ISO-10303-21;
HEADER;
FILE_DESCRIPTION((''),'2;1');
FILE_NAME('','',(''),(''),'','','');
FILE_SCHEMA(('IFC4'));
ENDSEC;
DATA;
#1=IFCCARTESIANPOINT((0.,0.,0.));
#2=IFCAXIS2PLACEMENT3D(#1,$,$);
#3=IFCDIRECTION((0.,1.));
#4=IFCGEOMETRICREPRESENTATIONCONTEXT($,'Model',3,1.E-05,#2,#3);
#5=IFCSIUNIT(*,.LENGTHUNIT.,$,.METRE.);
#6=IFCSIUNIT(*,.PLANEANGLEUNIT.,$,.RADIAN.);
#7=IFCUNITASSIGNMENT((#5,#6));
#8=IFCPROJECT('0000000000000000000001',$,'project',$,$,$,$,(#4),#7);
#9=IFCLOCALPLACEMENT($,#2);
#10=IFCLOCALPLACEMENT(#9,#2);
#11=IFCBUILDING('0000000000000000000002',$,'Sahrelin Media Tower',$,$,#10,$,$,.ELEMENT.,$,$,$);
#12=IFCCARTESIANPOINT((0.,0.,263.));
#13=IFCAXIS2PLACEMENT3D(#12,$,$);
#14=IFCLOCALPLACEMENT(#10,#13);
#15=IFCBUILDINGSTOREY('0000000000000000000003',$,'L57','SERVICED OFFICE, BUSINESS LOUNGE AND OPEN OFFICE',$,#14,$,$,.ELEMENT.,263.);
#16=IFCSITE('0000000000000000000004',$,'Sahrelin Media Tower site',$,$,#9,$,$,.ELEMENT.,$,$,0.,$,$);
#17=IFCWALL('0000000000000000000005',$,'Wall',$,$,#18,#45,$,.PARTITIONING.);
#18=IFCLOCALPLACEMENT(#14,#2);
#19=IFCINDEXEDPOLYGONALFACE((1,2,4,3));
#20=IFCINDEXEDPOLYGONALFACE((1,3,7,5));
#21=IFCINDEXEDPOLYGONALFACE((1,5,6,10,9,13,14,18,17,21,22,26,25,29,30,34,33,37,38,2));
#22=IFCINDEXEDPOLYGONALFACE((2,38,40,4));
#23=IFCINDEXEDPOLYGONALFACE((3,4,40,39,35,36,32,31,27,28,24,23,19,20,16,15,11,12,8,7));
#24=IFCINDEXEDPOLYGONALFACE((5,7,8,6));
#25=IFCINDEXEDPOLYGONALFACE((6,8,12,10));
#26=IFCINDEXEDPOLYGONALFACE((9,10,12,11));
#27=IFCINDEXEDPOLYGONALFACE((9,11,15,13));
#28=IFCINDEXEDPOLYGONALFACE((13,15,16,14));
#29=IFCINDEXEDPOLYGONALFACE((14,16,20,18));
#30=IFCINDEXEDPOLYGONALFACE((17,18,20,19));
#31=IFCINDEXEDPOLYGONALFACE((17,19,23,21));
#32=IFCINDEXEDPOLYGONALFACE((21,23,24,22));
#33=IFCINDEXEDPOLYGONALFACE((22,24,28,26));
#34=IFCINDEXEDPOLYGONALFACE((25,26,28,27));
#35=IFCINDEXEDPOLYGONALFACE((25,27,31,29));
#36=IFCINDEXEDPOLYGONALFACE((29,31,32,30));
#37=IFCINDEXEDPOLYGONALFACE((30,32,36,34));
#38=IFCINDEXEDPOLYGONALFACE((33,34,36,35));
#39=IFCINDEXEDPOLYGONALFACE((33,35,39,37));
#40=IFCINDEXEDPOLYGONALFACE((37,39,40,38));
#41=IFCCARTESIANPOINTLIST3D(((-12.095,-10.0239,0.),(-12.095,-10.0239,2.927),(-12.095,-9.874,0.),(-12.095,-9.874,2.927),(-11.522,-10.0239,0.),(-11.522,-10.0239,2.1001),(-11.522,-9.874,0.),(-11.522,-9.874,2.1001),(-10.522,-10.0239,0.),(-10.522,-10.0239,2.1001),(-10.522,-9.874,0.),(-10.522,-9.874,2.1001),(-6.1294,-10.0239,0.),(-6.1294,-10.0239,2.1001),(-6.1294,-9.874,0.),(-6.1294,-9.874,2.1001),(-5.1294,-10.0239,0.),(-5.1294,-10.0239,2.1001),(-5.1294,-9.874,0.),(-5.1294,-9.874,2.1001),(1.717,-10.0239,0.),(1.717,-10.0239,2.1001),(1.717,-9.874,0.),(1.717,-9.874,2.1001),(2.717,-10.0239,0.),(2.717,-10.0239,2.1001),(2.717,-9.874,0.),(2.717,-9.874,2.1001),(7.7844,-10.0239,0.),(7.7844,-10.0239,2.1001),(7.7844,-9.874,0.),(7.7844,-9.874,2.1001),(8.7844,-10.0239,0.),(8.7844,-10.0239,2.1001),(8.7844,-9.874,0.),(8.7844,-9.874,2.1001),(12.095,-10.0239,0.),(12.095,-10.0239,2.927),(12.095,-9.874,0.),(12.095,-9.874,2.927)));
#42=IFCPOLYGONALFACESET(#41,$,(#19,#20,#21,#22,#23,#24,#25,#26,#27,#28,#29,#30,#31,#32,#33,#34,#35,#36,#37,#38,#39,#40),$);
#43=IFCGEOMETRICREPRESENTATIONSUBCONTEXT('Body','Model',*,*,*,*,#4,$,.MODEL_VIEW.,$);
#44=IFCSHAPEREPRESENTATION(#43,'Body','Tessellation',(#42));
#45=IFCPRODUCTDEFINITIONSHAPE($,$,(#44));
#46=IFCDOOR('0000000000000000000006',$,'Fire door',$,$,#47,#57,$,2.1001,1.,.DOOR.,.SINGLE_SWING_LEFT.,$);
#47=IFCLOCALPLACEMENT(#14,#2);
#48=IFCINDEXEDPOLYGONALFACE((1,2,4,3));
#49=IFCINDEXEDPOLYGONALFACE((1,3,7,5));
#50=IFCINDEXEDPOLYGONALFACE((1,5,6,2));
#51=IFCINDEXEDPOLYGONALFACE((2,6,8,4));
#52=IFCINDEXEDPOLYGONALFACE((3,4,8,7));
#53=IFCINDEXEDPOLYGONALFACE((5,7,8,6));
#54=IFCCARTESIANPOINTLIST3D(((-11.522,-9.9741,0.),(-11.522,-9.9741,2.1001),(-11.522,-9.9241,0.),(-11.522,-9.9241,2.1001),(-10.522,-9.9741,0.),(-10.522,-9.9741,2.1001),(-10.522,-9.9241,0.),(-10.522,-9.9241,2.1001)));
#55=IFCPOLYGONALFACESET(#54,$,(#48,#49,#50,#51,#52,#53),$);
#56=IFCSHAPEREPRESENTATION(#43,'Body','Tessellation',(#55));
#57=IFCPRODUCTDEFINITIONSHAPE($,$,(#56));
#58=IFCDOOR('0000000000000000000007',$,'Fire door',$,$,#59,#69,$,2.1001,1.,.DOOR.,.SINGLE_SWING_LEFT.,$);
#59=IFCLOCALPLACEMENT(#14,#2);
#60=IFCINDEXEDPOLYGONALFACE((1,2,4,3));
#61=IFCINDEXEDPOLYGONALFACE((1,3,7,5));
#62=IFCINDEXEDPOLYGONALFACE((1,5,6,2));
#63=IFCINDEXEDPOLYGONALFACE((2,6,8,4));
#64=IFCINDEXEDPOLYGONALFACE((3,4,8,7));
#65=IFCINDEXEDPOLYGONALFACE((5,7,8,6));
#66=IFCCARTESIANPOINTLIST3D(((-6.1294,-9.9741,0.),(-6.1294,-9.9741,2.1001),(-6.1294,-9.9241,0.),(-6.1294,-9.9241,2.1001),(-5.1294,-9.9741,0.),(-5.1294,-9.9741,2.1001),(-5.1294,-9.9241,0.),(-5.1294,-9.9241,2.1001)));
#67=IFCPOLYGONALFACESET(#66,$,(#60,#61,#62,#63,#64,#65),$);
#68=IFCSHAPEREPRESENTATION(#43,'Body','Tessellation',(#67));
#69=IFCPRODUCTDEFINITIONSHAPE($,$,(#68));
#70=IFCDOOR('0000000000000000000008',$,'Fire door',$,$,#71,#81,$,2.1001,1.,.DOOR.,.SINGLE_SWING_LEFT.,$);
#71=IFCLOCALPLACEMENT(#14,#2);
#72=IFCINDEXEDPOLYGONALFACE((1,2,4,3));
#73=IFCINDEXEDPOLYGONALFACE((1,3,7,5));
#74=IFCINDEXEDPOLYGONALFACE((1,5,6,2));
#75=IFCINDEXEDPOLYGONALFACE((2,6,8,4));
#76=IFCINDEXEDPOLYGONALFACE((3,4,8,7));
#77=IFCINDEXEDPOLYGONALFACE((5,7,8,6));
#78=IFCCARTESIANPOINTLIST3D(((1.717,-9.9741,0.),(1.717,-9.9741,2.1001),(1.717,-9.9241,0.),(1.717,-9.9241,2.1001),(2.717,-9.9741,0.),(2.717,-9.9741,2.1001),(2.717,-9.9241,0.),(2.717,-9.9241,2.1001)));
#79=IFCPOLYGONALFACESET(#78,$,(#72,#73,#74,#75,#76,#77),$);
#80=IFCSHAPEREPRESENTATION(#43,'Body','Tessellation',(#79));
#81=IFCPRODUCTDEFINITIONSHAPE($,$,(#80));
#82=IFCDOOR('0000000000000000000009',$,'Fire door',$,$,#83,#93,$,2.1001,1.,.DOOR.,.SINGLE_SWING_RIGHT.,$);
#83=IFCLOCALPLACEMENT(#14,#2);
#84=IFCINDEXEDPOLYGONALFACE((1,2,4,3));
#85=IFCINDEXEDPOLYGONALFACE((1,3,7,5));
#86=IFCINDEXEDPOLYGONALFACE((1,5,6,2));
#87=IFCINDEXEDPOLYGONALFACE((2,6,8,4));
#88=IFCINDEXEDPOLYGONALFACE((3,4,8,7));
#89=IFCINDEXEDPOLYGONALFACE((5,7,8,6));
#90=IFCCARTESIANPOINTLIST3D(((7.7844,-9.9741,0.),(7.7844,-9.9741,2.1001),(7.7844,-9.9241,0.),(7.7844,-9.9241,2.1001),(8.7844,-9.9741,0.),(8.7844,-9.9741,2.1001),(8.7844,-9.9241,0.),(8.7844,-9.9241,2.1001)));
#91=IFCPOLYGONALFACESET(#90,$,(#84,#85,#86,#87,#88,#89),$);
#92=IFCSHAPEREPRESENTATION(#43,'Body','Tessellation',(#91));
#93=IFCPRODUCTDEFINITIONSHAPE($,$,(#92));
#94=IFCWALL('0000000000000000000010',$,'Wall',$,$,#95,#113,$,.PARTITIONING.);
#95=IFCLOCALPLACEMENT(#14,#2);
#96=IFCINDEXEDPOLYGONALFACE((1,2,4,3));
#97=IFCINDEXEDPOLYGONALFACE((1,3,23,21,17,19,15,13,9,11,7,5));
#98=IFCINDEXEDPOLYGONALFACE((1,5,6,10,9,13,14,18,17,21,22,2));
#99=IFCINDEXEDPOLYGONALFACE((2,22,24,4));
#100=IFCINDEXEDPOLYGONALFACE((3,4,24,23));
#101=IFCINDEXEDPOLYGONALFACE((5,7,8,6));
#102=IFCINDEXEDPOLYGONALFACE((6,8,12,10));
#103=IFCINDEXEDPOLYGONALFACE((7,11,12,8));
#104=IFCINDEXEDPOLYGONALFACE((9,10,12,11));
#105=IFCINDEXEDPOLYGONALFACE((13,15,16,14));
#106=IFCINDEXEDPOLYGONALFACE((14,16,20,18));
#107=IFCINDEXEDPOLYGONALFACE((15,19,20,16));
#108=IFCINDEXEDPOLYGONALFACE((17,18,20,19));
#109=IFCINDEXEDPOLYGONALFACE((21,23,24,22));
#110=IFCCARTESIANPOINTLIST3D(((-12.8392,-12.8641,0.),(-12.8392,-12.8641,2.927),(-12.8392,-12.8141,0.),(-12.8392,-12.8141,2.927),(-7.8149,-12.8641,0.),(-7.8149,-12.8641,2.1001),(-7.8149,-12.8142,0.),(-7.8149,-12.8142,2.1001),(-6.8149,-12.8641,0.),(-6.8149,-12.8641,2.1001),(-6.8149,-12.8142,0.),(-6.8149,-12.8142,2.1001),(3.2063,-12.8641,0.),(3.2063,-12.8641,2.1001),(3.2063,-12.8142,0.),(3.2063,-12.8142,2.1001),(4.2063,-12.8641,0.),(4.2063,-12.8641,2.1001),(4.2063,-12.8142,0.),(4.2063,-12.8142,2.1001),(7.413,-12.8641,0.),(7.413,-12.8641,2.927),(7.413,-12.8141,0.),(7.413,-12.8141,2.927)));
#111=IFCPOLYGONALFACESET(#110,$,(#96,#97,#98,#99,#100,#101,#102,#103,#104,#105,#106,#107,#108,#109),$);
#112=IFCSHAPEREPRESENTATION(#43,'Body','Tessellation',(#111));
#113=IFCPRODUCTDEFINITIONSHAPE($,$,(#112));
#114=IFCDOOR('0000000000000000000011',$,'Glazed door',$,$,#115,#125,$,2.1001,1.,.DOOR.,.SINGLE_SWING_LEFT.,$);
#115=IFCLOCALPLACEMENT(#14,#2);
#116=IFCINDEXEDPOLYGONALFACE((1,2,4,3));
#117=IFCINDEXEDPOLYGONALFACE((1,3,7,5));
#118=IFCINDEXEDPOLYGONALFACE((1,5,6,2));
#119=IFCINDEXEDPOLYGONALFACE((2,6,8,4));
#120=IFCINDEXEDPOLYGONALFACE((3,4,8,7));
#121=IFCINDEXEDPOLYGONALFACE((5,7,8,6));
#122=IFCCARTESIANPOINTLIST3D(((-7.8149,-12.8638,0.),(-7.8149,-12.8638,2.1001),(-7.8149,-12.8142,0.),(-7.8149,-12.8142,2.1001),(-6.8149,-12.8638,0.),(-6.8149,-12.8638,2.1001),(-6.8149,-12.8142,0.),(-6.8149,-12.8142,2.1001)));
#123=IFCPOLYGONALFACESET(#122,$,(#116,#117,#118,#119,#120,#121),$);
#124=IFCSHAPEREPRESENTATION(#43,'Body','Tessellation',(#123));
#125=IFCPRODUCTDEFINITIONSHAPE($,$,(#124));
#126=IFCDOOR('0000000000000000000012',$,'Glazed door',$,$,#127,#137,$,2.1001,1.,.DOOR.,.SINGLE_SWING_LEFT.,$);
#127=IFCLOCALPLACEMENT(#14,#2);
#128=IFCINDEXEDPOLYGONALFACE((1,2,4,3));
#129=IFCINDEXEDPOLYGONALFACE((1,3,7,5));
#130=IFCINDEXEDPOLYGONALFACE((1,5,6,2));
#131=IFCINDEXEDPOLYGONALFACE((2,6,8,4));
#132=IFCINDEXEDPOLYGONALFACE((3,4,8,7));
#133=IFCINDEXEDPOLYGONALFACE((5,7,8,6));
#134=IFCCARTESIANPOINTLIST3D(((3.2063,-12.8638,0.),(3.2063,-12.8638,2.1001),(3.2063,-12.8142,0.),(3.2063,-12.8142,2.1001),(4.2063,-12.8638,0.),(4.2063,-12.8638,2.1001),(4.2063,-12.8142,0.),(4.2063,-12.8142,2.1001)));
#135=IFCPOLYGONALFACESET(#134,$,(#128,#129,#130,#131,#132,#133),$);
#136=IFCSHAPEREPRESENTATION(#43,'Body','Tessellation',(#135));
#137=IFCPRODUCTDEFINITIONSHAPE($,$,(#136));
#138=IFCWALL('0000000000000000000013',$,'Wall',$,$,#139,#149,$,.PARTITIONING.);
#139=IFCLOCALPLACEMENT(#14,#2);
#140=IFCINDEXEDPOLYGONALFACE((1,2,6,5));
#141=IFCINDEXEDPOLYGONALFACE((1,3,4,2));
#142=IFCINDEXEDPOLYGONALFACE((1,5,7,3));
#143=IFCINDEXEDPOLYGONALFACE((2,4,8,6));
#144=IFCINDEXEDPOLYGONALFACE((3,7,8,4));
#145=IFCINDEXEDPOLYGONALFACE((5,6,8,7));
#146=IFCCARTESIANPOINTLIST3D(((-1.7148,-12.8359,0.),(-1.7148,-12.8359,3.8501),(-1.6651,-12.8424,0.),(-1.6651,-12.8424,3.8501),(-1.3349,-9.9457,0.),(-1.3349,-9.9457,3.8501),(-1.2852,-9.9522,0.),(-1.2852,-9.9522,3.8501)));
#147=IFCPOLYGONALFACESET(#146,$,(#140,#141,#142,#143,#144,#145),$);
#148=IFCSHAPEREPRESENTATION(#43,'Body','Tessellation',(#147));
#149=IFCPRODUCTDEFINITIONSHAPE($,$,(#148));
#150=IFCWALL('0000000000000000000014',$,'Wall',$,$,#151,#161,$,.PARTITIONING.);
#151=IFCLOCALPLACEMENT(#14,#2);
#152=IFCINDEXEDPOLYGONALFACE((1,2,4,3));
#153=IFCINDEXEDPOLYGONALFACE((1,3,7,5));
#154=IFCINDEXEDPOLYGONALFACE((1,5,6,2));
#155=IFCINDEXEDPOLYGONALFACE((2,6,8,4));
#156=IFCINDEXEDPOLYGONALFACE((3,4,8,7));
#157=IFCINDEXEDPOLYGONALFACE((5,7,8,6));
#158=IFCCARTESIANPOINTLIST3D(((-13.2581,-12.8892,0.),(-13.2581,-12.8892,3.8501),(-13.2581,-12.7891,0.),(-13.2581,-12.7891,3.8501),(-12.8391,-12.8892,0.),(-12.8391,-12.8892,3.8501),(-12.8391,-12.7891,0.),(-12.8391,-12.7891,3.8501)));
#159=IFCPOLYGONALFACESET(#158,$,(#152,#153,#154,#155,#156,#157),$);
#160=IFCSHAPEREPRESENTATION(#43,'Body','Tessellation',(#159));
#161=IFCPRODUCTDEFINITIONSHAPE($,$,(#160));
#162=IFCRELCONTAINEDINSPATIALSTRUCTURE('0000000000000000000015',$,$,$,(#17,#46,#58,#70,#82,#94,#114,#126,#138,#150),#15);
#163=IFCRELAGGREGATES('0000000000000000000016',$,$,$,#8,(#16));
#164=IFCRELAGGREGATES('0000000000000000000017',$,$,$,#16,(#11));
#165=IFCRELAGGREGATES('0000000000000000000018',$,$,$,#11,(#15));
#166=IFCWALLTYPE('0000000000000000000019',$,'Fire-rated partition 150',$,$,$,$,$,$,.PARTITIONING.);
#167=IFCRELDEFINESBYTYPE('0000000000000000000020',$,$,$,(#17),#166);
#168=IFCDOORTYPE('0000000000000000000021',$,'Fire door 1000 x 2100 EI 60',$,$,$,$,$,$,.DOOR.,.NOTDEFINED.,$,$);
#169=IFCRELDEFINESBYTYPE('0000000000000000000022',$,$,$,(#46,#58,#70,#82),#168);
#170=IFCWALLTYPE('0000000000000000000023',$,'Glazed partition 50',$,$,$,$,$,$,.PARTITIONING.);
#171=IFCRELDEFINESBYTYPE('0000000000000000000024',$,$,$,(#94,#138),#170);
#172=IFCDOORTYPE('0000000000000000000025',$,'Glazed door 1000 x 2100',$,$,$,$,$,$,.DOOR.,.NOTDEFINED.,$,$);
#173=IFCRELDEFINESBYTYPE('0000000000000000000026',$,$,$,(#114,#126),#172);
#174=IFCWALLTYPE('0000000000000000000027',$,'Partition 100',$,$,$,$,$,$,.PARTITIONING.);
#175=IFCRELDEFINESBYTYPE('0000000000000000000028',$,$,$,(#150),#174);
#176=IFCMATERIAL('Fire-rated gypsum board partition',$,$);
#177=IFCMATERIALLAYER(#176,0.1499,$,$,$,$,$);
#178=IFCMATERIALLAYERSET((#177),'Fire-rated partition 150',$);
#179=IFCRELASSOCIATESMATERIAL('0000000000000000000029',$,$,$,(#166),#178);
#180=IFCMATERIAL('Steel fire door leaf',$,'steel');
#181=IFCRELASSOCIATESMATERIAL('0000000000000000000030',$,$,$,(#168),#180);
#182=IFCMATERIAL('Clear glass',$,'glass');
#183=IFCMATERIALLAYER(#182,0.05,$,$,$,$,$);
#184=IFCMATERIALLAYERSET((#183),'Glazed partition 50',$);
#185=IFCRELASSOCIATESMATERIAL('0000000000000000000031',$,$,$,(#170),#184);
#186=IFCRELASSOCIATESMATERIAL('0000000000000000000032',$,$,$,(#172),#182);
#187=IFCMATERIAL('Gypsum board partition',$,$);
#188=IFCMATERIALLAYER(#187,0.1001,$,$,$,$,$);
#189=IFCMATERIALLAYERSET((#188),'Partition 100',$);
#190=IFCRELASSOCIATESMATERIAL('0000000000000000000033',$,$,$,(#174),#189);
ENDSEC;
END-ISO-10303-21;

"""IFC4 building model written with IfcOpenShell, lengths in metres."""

from ifc_helpers import new_model, si_unit, direction, frame, frame_2d, origin, place, context, subcontext, project, spatial, rectangle, extrude, material, layer, layer_set, type_object, element, fill, save


model = new_model("IFC4")

# Units and contexts
model_context = context("Model", 3, precision=1e-05, world=origin(), true_north=direction((0.0, 1.0)))
body_context = subcontext(model_context, "Body", "Model", "MODEL_VIEW")
ifc_project = project(units=[si_unit("LENGTHUNIT", "METRE"), si_unit("PLANEANGLEUNIT", "RADIAN")], contexts=[model_context])

# Site, building, storey
site_placement = place(None, origin())
site = spatial("IfcSite", under=ifc_project, at=site_placement, Name="Sahrelin Media Tower site", CompositionType="ELEMENT", RefElevation=0.0)
building_placement = place(site_placement, origin())
building = spatial("IfcBuilding", under=site, at=building_placement, Name="Sahrelin Media Tower", CompositionType="ELEMENT")
storey_placement = place(building_placement, frame((0.0, 0.0, 263.0)))
storey = spatial("IfcBuildingStorey", under=building, at=storey_placement, Name="L57", Description="SERVICED OFFICE, BUSINESS LOUNGE AND OPEN OFFICE", CompositionType="ELEMENT", Elevation=263.0)

# Walls, openings, doors
ifc_material_1 = material(Name="Fire-rated gypsum board partition")
ifc_layer_1 = layer(ifc_material_1, 0.1499)
ifc_layer_set_1 = layer_set([ifc_layer_1], Name="Fire-rated partition 150")
wall_type_1 = type_object("IfcWallType", Name="Fire-rated partition 150", PredefinedType="PARTITIONING", material=ifc_layer_set_1)
wall_1_placement = place(storey_placement, frame((-12.095, -9.949, 0.0), z_axis=(0.0, 0.0, 1.0), x_axis=(1.0, 0.0, 0.0)))
wall_1 = element("IfcWall", 1, at=wall_1_placement, inside=storey, type_object=wall_type_1, Name="Wall", PredefinedType="PARTITIONING", context=body_context, shape_type="SweptSolid", body=[
    extrude(rectangle(XDim=24.1899, YDim=0.1499, at=frame_2d((12.095, 0.0))), origin(), (0.0, 0.0, 1.0), 2.927),
])
opening_1_placement = place(wall_1_placement, frame((0.573, 0.0, 0.0)))
opening_1 = element("IfcOpeningElement", 2, at=opening_1_placement, cuts=wall_1, PredefinedType="OPENING", context=body_context, shape_type="SweptSolid", body=[
    extrude(rectangle(XDim=1.0, YDim=2.1001, at=frame_2d((0.5, 1.05))), frame((0.0, 0.075, 0.0), z_axis=(0.0, -1.0, 0.0), x_axis=(1.0, 0.0, 0.0)), (0.0, 0.0, 1.0), 0.1499),
])
opening_2_placement = place(wall_1_placement, frame((5.9656, 0.0, 0.0)))
opening_2 = element("IfcOpeningElement", 3, at=opening_2_placement, cuts=wall_1, PredefinedType="OPENING", context=body_context, shape_type="SweptSolid", body=[
    extrude(rectangle(XDim=1.0, YDim=2.1001, at=frame_2d((0.5, 1.05))), frame((0.0, 0.075, 0.0), z_axis=(0.0, -1.0, 0.0), x_axis=(1.0, 0.0, 0.0)), (0.0, 0.0, 1.0), 0.1499),
])
opening_3_placement = place(wall_1_placement, frame((13.812, 0.0, 0.0)))
opening_3 = element("IfcOpeningElement", 4, at=opening_3_placement, cuts=wall_1, PredefinedType="OPENING", context=body_context, shape_type="SweptSolid", body=[
    extrude(rectangle(XDim=1.0, YDim=2.1001, at=frame_2d((0.5, 1.05))), frame((0.0, 0.075, 0.0), z_axis=(0.0, -1.0, 0.0), x_axis=(1.0, 0.0, 0.0)), (0.0, 0.0, 1.0), 0.1499),
])
opening_4_placement = place(wall_1_placement, frame((19.8794, 0.0, 0.0)))
opening_4 = element("IfcOpeningElement", 5, at=opening_4_placement, cuts=wall_1, PredefinedType="OPENING", context=body_context, shape_type="SweptSolid", body=[
    extrude(rectangle(XDim=1.0, YDim=2.1001, at=frame_2d((0.5, 1.05))), frame((0.0, 0.075, 0.0), z_axis=(0.0, -1.0, 0.0), x_axis=(1.0, 0.0, 0.0)), (0.0, 0.0, 1.0), 0.1499),
])
ifc_material_2 = material(Name="Steel fire door leaf", Category="steel")
door_type_1 = type_object("IfcDoorType", Name="Fire door 1000 x 2100 EI 60", OperationType="NOTDEFINED", PredefinedType="DOOR", material=ifc_material_2)
door_1_placement = place(opening_1_placement, origin())
door_1 = element("IfcDoor", 6, at=door_1_placement, inside=storey, type_object=door_type_1, Name="Fire door", OperationType="SINGLE_SWING_LEFT", OverallHeight=2.1001, OverallWidth=1.0, PredefinedType="DOOR", context=body_context, shape_type="SweptSolid", body=[
    extrude(rectangle(XDim=1.0, YDim=2.1001, at=frame_2d((0.5, 1.05))), frame((0.0, 0.0249, 0.0), z_axis=(0.0, -1.0, 0.0), x_axis=(1.0, 0.0, 0.0)), (0.0, 0.0, 1.0), 0.05),
])
fill(opening_1, door_1)
door_2_placement = place(opening_2_placement, origin())
door_2 = element("IfcDoor", 7, at=door_2_placement, inside=storey, type_object=door_type_1, Name="Fire door", OperationType="SINGLE_SWING_LEFT", OverallHeight=2.1001, OverallWidth=1.0, PredefinedType="DOOR", context=body_context, shape_type="SweptSolid", body=[
    extrude(rectangle(XDim=1.0, YDim=2.1001, at=frame_2d((0.5, 1.05))), frame((0.0, 0.0249, 0.0), z_axis=(0.0, -1.0, 0.0), x_axis=(1.0, 0.0, 0.0)), (0.0, 0.0, 1.0), 0.05),
])
fill(opening_2, door_2)
door_3_placement = place(opening_3_placement, origin())
door_3 = element("IfcDoor", 8, at=door_3_placement, inside=storey, type_object=door_type_1, Name="Fire door", OperationType="SINGLE_SWING_LEFT", OverallHeight=2.1001, OverallWidth=1.0, PredefinedType="DOOR", context=body_context, shape_type="SweptSolid", body=[
    extrude(rectangle(XDim=1.0, YDim=2.1001, at=frame_2d((0.5, 1.05))), frame((0.0, 0.0249, 0.0), z_axis=(0.0, -1.0, 0.0), x_axis=(1.0, 0.0, 0.0)), (0.0, 0.0, 1.0), 0.05),
])
fill(opening_3, door_3)
door_4_placement = place(opening_4_placement, origin())
door_4 = element("IfcDoor", 9, at=door_4_placement, inside=storey, type_object=door_type_1, Name="Fire door", OperationType="SINGLE_SWING_RIGHT", OverallHeight=2.1001, OverallWidth=1.0, PredefinedType="DOOR", context=body_context, shape_type="SweptSolid", body=[
    extrude(rectangle(XDim=1.0, YDim=2.1001, at=frame_2d((0.5, 1.05))), frame((0.0, 0.0249, 0.0), z_axis=(0.0, -1.0, 0.0), x_axis=(1.0, 0.0, 0.0)), (0.0, 0.0, 1.0), 0.05),
])
fill(opening_4, door_4)
ifc_material_3 = material(Name="Clear glass", Category="glass")
ifc_layer_2 = layer(ifc_material_3, 0.05)
ifc_layer_set_2 = layer_set([ifc_layer_2], Name="Glazed partition 50")
wall_type_2 = type_object("IfcWallType", Name="Glazed partition 50", PredefinedType="PARTITIONING", material=ifc_layer_set_2)
wall_2_placement = place(storey_placement, frame((-12.8391, -12.8391, 0.0), z_axis=(0.0, 0.0, 1.0), x_axis=(1.0, 0.0, 0.0)))
wall_2 = element("IfcWall", 10, at=wall_2_placement, inside=storey, type_object=wall_type_2, Name="Wall", PredefinedType="PARTITIONING", context=body_context, shape_type="SweptSolid", body=[
    extrude(rectangle(XDim=20.2522, YDim=0.05, at=frame_2d((10.126, 0.0))), origin(), (0.0, 0.0, 1.0), 2.927),
])
opening_5_placement = place(wall_2_placement, frame((5.0242, 0.0, 0.0)))
opening_5 = element("IfcOpeningElement", 11, at=opening_5_placement, cuts=wall_2, PredefinedType="OPENING", context=body_context, shape_type="SweptSolid", body=[
    extrude(rectangle(XDim=1.0, YDim=2.1001, at=frame_2d((0.5, 1.05))), frame((0.0, 0.0249, 0.0), z_axis=(0.0, -1.0, 0.0), x_axis=(1.0, 0.0, 0.0)), (0.0, 0.0, 1.0), 0.05),
])
opening_6_placement = place(wall_2_placement, frame((16.0454, 0.0, 0.0)))
opening_6 = element("IfcOpeningElement", 12, at=opening_6_placement, cuts=wall_2, PredefinedType="OPENING", context=body_context, shape_type="SweptSolid", body=[
    extrude(rectangle(XDim=1.0, YDim=2.1001, at=frame_2d((0.5, 1.05))), frame((0.0, 0.0249, 0.0), z_axis=(0.0, -1.0, 0.0), x_axis=(1.0, 0.0, 0.0)), (0.0, 0.0, 1.0), 0.05),
])
door_type_2 = type_object("IfcDoorType", Name="Glazed door 1000 x 2100", OperationType="NOTDEFINED", PredefinedType="DOOR", material=ifc_material_3)
door_5_placement = place(opening_5_placement, origin())
door_5 = element("IfcDoor", 13, at=door_5_placement, inside=storey, type_object=door_type_2, Name="Glazed door", OperationType="SINGLE_SWING_LEFT", OverallHeight=2.1001, OverallWidth=1.0, PredefinedType="DOOR", context=body_context, shape_type="SweptSolid", body=[
    extrude(rectangle(XDim=1.0, YDim=2.1001, at=frame_2d((0.5, 1.05))), frame((0.0, 0.0249, 0.0), z_axis=(0.0, -1.0, 0.0), x_axis=(1.0, 0.0, 0.0)), (0.0, 0.0, 1.0), 0.0496),
])
fill(opening_5, door_5)
door_6_placement = place(opening_6_placement, origin())
door_6 = element("IfcDoor", 14, at=door_6_placement, inside=storey, type_object=door_type_2, Name="Glazed door", OperationType="SINGLE_SWING_LEFT", OverallHeight=2.1001, OverallWidth=1.0, PredefinedType="DOOR", context=body_context, shape_type="SweptSolid", body=[
    extrude(rectangle(XDim=1.0, YDim=2.1001, at=frame_2d((0.5, 1.05))), frame((0.0, 0.0249, 0.0), z_axis=(0.0, -1.0, 0.0), x_axis=(1.0, 0.0, 0.0)), (0.0, 0.0, 1.0), 0.0496),
])
fill(opening_6, door_6)

# Walls
wall_3_placement = place(storey_placement, frame((-1.6899, -12.8391, 0.0), z_axis=(0.0, 0.0, 1.0), x_axis=(0.13032, 0.991472, 0.0)))
element("IfcWall", 15, at=wall_3_placement, inside=storey, type_object=wall_type_2, Name="Wall", PredefinedType="PARTITIONING", context=body_context, shape_type="SweptSolid", body=[
    extrude(rectangle(XDim=2.915, YDim=0.05, at=frame_2d((1.4575, 0.0))), origin(), (0.0, 0.0, 1.0), 3.8501),
])
ifc_material_4 = material(Name="Gypsum board partition")
ifc_layer_3 = layer(ifc_material_4, 0.1001)
ifc_layer_set_3 = layer_set([ifc_layer_3], Name="Partition 100")
wall_type_3 = type_object("IfcWallType", Name="Partition 100", PredefinedType="PARTITIONING", material=ifc_layer_set_3)
wall_4_placement = place(storey_placement, frame((-13.2581, -12.8391, 0.0), z_axis=(0.0, 0.0, 1.0), x_axis=(1.0, 0.0, 0.0)))
element("IfcWall", 16, at=wall_4_placement, inside=storey, type_object=wall_type_3, Name="Wall", PredefinedType="PARTITIONING", context=body_context, shape_type="SweptSolid", body=[
    extrude(rectangle(XDim=0.4189, YDim=0.1001, at=frame_2d((0.2095, 0.0))), origin(), (0.0, 0.0, 1.0), 3.8501),
])

save(model, "model.ifc")
